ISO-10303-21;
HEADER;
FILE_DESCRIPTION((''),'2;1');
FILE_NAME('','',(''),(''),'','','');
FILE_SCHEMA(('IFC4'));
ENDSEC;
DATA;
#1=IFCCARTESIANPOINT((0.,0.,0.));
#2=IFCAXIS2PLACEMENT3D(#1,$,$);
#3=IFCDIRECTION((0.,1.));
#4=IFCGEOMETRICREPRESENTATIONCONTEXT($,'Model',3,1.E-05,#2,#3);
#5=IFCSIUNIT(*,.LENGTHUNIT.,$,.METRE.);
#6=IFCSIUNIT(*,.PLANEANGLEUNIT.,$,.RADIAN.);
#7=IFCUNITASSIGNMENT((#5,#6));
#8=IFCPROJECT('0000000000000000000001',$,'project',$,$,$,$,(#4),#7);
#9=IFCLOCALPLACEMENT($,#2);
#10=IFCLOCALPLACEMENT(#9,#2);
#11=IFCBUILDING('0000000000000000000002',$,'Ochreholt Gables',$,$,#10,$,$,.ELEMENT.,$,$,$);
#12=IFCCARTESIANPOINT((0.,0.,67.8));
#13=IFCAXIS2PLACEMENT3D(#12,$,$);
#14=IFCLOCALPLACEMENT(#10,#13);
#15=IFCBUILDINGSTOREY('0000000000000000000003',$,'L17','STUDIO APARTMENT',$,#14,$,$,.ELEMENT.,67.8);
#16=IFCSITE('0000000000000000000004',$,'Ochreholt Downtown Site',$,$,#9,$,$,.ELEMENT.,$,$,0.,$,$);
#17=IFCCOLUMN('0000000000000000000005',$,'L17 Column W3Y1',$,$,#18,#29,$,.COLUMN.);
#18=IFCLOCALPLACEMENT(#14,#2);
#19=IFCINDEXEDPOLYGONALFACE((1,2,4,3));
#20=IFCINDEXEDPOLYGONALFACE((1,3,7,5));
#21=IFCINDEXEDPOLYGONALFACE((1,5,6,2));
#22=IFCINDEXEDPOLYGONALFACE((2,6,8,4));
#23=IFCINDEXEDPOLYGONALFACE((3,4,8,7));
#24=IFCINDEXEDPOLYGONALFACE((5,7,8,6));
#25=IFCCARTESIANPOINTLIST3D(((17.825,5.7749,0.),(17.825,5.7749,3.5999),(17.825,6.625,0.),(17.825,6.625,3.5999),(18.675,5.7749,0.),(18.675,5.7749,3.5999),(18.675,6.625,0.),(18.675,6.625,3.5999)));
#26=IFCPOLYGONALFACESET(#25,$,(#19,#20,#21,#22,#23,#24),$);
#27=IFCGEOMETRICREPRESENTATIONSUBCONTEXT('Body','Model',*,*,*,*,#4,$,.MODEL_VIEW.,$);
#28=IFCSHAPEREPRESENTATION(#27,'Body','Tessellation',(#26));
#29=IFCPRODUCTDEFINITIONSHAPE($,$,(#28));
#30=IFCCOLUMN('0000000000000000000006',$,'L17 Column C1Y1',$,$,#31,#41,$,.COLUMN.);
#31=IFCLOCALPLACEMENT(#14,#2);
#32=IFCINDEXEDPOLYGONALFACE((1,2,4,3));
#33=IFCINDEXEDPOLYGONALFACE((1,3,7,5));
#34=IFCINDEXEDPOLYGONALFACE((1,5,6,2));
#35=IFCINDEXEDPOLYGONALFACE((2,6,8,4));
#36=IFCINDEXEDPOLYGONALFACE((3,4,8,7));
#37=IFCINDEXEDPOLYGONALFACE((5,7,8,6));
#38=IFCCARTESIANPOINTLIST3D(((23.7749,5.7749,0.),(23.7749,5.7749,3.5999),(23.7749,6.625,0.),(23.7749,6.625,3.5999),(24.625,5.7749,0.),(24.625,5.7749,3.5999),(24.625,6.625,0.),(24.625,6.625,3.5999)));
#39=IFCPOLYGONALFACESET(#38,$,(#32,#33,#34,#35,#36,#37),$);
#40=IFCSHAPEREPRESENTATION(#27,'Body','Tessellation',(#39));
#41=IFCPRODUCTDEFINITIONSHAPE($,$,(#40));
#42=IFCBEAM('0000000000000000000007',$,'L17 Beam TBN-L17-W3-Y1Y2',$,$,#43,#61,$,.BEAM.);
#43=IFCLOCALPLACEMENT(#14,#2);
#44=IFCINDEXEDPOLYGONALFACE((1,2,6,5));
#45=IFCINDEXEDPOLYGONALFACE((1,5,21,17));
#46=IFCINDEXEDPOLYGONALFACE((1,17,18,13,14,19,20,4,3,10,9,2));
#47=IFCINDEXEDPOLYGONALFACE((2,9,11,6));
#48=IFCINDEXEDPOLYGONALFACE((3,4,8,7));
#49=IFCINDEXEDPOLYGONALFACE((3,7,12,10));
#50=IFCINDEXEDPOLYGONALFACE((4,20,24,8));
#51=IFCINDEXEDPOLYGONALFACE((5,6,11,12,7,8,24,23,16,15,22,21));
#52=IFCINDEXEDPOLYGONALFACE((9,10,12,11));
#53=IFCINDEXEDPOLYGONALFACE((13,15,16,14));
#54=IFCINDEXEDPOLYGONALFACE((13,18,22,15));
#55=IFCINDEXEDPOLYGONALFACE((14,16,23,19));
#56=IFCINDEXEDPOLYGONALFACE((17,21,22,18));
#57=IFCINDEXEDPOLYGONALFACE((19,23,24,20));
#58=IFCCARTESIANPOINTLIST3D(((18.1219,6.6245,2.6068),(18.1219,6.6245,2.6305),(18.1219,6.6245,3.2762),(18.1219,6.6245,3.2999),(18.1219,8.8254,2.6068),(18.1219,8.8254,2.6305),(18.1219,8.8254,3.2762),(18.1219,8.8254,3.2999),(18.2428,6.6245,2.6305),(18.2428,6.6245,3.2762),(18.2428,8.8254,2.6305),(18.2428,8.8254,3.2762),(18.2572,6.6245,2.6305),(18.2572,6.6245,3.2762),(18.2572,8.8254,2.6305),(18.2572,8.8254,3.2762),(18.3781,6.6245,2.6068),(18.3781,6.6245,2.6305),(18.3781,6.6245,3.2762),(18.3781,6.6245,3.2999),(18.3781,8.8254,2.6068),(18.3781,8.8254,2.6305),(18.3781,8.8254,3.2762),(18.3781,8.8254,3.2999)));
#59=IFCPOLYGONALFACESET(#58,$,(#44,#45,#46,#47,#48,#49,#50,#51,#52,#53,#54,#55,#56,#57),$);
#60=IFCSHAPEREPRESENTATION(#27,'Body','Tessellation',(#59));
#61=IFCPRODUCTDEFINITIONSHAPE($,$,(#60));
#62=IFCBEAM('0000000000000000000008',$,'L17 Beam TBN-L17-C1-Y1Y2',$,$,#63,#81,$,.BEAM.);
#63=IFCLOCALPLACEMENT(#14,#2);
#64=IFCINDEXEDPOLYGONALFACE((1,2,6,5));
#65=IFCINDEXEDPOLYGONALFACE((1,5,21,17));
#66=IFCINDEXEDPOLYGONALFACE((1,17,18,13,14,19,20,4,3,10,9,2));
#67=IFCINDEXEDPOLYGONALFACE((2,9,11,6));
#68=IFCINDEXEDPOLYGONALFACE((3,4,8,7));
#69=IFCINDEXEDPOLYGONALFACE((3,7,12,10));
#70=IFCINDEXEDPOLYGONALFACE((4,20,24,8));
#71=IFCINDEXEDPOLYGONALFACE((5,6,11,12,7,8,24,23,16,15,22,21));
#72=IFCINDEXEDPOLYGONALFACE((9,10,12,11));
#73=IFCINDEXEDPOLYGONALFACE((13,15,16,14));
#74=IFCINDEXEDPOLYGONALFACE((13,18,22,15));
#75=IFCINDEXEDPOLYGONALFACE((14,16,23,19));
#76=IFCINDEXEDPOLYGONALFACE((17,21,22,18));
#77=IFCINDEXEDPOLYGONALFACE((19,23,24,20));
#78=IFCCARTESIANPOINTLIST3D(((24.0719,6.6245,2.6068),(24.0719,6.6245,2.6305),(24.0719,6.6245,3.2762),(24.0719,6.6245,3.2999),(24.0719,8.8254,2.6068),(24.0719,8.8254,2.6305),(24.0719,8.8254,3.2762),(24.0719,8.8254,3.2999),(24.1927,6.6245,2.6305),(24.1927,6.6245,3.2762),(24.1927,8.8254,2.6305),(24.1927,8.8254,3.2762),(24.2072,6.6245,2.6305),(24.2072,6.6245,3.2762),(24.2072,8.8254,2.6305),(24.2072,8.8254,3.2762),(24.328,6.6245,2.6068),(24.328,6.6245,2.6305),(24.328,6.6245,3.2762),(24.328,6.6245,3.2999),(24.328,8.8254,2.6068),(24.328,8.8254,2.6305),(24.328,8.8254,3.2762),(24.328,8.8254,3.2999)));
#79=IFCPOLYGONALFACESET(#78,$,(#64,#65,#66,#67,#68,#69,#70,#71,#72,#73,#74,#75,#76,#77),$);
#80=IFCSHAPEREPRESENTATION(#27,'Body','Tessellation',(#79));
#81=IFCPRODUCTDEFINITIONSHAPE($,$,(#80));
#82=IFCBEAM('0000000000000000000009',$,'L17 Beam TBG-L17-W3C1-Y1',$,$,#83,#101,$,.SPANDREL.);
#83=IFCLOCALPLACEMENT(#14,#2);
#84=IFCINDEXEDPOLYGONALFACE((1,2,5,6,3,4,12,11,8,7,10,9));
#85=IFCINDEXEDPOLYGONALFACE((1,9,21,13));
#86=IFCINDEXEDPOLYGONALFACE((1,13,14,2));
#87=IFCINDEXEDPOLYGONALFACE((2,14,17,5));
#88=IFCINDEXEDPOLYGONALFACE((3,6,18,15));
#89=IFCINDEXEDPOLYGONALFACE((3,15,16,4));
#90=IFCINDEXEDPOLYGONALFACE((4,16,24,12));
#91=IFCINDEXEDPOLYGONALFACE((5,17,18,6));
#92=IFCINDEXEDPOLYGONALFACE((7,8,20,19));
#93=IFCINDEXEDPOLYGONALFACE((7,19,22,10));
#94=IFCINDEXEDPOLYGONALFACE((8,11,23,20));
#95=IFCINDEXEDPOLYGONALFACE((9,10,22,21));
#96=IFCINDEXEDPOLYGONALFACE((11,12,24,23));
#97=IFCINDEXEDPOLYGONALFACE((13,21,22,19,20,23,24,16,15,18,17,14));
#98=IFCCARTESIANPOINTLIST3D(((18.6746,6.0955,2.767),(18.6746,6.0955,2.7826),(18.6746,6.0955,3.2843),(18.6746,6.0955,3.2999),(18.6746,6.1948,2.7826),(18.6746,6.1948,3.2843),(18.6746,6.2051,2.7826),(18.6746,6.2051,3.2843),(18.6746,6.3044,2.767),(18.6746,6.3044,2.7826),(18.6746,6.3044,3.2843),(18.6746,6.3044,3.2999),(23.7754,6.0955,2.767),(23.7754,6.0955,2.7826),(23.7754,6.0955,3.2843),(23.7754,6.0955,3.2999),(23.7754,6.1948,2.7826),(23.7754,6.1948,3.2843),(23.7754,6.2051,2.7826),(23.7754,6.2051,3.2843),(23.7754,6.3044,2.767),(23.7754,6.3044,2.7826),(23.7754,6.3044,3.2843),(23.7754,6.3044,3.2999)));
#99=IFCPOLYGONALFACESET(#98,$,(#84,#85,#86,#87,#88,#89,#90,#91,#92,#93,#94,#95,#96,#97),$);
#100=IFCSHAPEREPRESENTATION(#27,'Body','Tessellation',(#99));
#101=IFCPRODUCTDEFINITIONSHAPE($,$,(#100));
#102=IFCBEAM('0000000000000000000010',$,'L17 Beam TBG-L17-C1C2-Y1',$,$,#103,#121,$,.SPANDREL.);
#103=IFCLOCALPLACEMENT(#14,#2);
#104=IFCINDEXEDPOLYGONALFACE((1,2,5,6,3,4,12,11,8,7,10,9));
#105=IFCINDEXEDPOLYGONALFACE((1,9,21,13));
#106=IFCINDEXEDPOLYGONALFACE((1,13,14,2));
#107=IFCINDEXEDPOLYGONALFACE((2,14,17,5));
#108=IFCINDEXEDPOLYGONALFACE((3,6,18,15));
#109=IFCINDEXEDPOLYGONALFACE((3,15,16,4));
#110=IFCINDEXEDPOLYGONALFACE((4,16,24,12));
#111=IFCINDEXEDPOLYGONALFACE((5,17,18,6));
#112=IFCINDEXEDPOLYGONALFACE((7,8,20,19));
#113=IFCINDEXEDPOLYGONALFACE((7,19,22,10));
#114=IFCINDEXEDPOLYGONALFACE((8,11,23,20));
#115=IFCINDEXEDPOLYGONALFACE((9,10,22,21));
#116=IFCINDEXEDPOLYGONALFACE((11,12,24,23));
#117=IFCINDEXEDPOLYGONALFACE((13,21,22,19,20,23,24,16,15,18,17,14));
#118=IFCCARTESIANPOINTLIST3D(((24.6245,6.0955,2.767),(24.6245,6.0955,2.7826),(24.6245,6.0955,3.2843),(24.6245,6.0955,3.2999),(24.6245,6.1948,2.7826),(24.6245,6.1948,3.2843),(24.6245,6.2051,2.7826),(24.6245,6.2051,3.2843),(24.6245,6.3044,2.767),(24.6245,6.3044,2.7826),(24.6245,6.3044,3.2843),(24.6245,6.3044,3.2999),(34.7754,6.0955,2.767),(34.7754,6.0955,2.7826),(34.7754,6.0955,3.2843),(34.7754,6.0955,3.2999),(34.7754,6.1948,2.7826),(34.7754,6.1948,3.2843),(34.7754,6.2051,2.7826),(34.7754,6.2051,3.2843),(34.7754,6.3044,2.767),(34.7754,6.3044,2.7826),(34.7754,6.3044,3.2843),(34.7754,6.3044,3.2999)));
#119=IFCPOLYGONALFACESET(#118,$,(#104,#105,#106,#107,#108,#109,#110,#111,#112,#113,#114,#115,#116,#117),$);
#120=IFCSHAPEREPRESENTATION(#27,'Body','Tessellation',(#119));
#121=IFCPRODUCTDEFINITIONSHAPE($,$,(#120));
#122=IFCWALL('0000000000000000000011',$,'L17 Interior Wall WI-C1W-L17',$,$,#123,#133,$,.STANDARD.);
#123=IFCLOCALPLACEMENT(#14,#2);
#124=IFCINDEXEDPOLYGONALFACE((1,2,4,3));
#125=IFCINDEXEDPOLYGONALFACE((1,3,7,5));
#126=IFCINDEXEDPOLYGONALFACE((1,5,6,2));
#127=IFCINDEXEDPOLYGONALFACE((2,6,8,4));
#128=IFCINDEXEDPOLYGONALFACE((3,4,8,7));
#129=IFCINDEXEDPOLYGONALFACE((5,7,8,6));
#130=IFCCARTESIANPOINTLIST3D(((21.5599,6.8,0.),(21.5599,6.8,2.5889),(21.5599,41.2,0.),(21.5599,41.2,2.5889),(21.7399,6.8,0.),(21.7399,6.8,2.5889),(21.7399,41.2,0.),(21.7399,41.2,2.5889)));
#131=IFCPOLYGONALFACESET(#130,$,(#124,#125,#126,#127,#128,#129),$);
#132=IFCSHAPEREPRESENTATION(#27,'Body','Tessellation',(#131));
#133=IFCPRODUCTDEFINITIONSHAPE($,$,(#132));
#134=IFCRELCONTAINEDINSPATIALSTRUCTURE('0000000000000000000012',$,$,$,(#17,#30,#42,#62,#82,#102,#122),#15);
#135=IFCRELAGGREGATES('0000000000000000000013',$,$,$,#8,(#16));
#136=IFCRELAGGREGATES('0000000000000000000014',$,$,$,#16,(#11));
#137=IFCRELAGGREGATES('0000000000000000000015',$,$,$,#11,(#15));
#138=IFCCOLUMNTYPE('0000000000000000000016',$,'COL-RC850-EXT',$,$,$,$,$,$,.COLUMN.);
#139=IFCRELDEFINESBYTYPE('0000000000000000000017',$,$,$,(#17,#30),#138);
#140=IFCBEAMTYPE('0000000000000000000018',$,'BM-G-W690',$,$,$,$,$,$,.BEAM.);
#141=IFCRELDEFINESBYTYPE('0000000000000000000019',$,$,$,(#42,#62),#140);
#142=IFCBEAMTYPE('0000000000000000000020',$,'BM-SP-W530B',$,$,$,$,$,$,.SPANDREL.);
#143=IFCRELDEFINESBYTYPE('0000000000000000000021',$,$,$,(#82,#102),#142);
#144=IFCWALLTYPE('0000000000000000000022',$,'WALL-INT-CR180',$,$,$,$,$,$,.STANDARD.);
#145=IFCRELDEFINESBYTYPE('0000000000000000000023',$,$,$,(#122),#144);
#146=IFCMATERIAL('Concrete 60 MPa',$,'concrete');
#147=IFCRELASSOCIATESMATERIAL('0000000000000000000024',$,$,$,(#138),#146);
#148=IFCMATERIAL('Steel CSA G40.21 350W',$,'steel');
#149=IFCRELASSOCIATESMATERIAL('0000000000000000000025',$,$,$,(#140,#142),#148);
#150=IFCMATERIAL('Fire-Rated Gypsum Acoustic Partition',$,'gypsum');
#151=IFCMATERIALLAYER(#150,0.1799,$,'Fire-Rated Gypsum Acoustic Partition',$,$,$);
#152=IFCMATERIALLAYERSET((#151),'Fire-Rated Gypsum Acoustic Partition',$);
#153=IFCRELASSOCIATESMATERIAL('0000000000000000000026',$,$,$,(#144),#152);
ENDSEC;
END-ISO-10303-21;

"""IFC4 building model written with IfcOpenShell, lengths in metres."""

from ifc_helpers import new_model, si_unit, direction, frame, frame_2d, origin, origin_2d, place, context, subcontext, project, spatial, rectangle, i_section, extrude, material, layer, layer_set, material_profile, profile_set, type_object, element, save


model = new_model("IFC4")

# Units and contexts
model_context = context("Model", 3, precision=1e-05, world=origin(), true_north=direction((0.0, 1.0)))
body_context = subcontext(model_context, "Body", "Model", "MODEL_VIEW")
ifc_project = project(units=[si_unit("LENGTHUNIT", "METRE"), si_unit("PLANEANGLEUNIT", "RADIAN")], contexts=[model_context])

# Site, building, storey
site_placement = place(None, origin())
site = spatial("IfcSite", under=ifc_project, at=site_placement, Name="Ochreholt Downtown Site", CompositionType="ELEMENT", RefElevation=0.0)
building_placement = place(site_placement, origin())
building = spatial("IfcBuilding", under=site, at=building_placement, Name="Ochreholt Gables", CompositionType="ELEMENT")
storey_placement = place(building_placement, frame((0.0, 0.0, 67.8)))
storey = spatial("IfcBuildingStorey", under=building, at=storey_placement, Name="L17", Description="STUDIO APARTMENT", CompositionType="ELEMENT", Elevation=67.8)

# Columns
ifc_material_1 = material(Name="Concrete 60 MPa", Category="concrete")
ifc_material_profile_1 = material_profile(ifc_material_1, rectangle(XDim=0.8501, YDim=0.8501, at=origin_2d()), Name="RC850X850")
ifc_profile_set_1 = profile_set([ifc_material_profile_1], Name="Concrete 60 MPa")
column_type = type_object("IfcColumnType", Name="COL-RC850-EXT", PredefinedType="COLUMN", material=ifc_profile_set_1)
for number, where, z_axis, x_axis, name in (
    (1, (18.25, 6.2, 0.0), (0.0, 0.0, 1.0), (1.0, 0.0, 0.0), "L17 Column W3Y1"),
    (2, (24.2, 6.2, 0.0), (0.0, 0.0, 1.0), (1.0, 0.0, 0.0), "L17 Column C1Y1"),
):
    element("IfcColumn", number, at=place(storey_placement, frame(where, z_axis=z_axis, x_axis=x_axis)), inside=storey, type_object=column_type, Name=name, PredefinedType="COLUMN", context=body_context, shape_type="SweptSolid", body=[
        extrude(rectangle(XDim=0.8501, YDim=0.8501, at=origin_2d()), origin(), (0.0, 0.0, 1.0), 3.5999),
    ])

# Beams
ifc_material_2 = material(Name="Steel CSA G40.21 350W", Category="steel")
ifc_material_profile_2 = material_profile(ifc_material_2, i_section(OverallWidth=0.2561, OverallDepth=0.6931, WebThickness=0.0144, FlangeThickness=0.0237, at=origin_2d()), Name="W690X170")
ifc_profile_set_2 = profile_set([ifc_material_profile_2], Name="Steel CSA G40.21 350W")
beam_type_1 = type_object("IfcBeamType", Name="BM-G-W690", PredefinedType="BEAM", material=ifc_profile_set_2)
for number, where, z_axis, x_axis, name in (
    (3, (18.25, 6.6245, 2.9534), (0.0, 1.0, 0.0), (-1.0, 0.0, 0.0), "L17 Beam TBN-L17-W3-Y1Y2"),
    (4, (24.2, 6.6245, 2.9534), (0.0, 1.0, 0.0), (-1.0, 0.0, 0.0), "L17 Beam TBN-L17-C1-Y1Y2"),
):
    element("IfcBeam", number, at=place(storey_placement, frame(where, z_axis=z_axis, x_axis=x_axis)), inside=storey, type_object=beam_type_1, Name=name, PredefinedType="BEAM", context=body_context, shape_type="SweptSolid", body=[
        extrude(i_section(OverallWidth=0.2561, OverallDepth=0.6931, WebThickness=0.0144, FlangeThickness=0.0237, at=origin_2d()), origin(), (0.0, 0.0, 1.0), 2.2009),
    ])
ifc_material_profile_3 = material_profile(ifc_material_2, i_section(OverallWidth=0.209, OverallDepth=0.533, WebThickness=0.0103, FlangeThickness=0.0156, at=origin_2d()), Name="W530X92")
ifc_profile_set_3 = profile_set([ifc_material_profile_3], Name="Steel CSA G40.21 350W")
beam_type_2 = type_object("IfcBeamType", Name="BM-SP-W530B", PredefinedType="SPANDREL", material=ifc_profile_set_3)
beam_1_placement = place(storey_placement, frame((18.6746, 6.2, 3.0334), z_axis=(1.0, 0.0, 0.0), x_axis=(0.0, 1.0, 0.0)))
element("IfcBeam", 5, at=beam_1_placement, inside=storey, type_object=beam_type_2, Name="L17 Beam TBG-L17-W3C1-Y1", PredefinedType="SPANDREL", context=body_context, shape_type="SweptSolid", body=[
    extrude(i_section(OverallWidth=0.209, OverallDepth=0.533, WebThickness=0.0103, FlangeThickness=0.0156, at=origin_2d()), origin(), (0.0, 0.0, 1.0), 5.1008),
])
beam_2_placement = place(storey_placement, frame((24.6245, 6.2, 3.0334), z_axis=(1.0, 0.0, 0.0), x_axis=(0.0, 1.0, 0.0)))
element("IfcBeam", 6, at=beam_2_placement, inside=storey, type_object=beam_type_2, Name="L17 Beam TBG-L17-C1C2-Y1", PredefinedType="SPANDREL", context=body_context, shape_type="SweptSolid", body=[
    extrude(i_section(OverallWidth=0.209, OverallDepth=0.533, WebThickness=0.0103, FlangeThickness=0.0156, at=origin_2d()), origin(), (0.0, 0.0, 1.0), 10.1509),
])

# Wall
ifc_material_3 = material(Name="Fire-Rated Gypsum Acoustic Partition", Category="gypsum")
ifc_layer_1 = layer(ifc_material_3, 0.1799, Name="Fire-Rated Gypsum Acoustic Partition")
ifc_layer_set_1 = layer_set([ifc_layer_1], Name="Fire-Rated Gypsum Acoustic Partition")
wall_type_1 = type_object("IfcWallType", Name="WALL-INT-CR180", PredefinedType="STANDARD", material=ifc_layer_set_1)
wall_1_placement = place(storey_placement, frame((21.6499, 6.8, 0.0), z_axis=(0.0, 0.0, 1.0), x_axis=(0.0, 1.0, 0.0)))
element("IfcWall", 7, at=wall_1_placement, inside=storey, type_object=wall_type_1, Name="L17 Interior Wall WI-C1W-L17", PredefinedType="STANDARD", context=body_context, shape_type="SweptSolid", body=[
    extrude(rectangle(XDim=34.3999, YDim=0.1799, at=frame_2d((17.2, 0.0))), origin(), (0.0, 0.0, 1.0), 2.5889),
])

save(model, "model.ifc")
